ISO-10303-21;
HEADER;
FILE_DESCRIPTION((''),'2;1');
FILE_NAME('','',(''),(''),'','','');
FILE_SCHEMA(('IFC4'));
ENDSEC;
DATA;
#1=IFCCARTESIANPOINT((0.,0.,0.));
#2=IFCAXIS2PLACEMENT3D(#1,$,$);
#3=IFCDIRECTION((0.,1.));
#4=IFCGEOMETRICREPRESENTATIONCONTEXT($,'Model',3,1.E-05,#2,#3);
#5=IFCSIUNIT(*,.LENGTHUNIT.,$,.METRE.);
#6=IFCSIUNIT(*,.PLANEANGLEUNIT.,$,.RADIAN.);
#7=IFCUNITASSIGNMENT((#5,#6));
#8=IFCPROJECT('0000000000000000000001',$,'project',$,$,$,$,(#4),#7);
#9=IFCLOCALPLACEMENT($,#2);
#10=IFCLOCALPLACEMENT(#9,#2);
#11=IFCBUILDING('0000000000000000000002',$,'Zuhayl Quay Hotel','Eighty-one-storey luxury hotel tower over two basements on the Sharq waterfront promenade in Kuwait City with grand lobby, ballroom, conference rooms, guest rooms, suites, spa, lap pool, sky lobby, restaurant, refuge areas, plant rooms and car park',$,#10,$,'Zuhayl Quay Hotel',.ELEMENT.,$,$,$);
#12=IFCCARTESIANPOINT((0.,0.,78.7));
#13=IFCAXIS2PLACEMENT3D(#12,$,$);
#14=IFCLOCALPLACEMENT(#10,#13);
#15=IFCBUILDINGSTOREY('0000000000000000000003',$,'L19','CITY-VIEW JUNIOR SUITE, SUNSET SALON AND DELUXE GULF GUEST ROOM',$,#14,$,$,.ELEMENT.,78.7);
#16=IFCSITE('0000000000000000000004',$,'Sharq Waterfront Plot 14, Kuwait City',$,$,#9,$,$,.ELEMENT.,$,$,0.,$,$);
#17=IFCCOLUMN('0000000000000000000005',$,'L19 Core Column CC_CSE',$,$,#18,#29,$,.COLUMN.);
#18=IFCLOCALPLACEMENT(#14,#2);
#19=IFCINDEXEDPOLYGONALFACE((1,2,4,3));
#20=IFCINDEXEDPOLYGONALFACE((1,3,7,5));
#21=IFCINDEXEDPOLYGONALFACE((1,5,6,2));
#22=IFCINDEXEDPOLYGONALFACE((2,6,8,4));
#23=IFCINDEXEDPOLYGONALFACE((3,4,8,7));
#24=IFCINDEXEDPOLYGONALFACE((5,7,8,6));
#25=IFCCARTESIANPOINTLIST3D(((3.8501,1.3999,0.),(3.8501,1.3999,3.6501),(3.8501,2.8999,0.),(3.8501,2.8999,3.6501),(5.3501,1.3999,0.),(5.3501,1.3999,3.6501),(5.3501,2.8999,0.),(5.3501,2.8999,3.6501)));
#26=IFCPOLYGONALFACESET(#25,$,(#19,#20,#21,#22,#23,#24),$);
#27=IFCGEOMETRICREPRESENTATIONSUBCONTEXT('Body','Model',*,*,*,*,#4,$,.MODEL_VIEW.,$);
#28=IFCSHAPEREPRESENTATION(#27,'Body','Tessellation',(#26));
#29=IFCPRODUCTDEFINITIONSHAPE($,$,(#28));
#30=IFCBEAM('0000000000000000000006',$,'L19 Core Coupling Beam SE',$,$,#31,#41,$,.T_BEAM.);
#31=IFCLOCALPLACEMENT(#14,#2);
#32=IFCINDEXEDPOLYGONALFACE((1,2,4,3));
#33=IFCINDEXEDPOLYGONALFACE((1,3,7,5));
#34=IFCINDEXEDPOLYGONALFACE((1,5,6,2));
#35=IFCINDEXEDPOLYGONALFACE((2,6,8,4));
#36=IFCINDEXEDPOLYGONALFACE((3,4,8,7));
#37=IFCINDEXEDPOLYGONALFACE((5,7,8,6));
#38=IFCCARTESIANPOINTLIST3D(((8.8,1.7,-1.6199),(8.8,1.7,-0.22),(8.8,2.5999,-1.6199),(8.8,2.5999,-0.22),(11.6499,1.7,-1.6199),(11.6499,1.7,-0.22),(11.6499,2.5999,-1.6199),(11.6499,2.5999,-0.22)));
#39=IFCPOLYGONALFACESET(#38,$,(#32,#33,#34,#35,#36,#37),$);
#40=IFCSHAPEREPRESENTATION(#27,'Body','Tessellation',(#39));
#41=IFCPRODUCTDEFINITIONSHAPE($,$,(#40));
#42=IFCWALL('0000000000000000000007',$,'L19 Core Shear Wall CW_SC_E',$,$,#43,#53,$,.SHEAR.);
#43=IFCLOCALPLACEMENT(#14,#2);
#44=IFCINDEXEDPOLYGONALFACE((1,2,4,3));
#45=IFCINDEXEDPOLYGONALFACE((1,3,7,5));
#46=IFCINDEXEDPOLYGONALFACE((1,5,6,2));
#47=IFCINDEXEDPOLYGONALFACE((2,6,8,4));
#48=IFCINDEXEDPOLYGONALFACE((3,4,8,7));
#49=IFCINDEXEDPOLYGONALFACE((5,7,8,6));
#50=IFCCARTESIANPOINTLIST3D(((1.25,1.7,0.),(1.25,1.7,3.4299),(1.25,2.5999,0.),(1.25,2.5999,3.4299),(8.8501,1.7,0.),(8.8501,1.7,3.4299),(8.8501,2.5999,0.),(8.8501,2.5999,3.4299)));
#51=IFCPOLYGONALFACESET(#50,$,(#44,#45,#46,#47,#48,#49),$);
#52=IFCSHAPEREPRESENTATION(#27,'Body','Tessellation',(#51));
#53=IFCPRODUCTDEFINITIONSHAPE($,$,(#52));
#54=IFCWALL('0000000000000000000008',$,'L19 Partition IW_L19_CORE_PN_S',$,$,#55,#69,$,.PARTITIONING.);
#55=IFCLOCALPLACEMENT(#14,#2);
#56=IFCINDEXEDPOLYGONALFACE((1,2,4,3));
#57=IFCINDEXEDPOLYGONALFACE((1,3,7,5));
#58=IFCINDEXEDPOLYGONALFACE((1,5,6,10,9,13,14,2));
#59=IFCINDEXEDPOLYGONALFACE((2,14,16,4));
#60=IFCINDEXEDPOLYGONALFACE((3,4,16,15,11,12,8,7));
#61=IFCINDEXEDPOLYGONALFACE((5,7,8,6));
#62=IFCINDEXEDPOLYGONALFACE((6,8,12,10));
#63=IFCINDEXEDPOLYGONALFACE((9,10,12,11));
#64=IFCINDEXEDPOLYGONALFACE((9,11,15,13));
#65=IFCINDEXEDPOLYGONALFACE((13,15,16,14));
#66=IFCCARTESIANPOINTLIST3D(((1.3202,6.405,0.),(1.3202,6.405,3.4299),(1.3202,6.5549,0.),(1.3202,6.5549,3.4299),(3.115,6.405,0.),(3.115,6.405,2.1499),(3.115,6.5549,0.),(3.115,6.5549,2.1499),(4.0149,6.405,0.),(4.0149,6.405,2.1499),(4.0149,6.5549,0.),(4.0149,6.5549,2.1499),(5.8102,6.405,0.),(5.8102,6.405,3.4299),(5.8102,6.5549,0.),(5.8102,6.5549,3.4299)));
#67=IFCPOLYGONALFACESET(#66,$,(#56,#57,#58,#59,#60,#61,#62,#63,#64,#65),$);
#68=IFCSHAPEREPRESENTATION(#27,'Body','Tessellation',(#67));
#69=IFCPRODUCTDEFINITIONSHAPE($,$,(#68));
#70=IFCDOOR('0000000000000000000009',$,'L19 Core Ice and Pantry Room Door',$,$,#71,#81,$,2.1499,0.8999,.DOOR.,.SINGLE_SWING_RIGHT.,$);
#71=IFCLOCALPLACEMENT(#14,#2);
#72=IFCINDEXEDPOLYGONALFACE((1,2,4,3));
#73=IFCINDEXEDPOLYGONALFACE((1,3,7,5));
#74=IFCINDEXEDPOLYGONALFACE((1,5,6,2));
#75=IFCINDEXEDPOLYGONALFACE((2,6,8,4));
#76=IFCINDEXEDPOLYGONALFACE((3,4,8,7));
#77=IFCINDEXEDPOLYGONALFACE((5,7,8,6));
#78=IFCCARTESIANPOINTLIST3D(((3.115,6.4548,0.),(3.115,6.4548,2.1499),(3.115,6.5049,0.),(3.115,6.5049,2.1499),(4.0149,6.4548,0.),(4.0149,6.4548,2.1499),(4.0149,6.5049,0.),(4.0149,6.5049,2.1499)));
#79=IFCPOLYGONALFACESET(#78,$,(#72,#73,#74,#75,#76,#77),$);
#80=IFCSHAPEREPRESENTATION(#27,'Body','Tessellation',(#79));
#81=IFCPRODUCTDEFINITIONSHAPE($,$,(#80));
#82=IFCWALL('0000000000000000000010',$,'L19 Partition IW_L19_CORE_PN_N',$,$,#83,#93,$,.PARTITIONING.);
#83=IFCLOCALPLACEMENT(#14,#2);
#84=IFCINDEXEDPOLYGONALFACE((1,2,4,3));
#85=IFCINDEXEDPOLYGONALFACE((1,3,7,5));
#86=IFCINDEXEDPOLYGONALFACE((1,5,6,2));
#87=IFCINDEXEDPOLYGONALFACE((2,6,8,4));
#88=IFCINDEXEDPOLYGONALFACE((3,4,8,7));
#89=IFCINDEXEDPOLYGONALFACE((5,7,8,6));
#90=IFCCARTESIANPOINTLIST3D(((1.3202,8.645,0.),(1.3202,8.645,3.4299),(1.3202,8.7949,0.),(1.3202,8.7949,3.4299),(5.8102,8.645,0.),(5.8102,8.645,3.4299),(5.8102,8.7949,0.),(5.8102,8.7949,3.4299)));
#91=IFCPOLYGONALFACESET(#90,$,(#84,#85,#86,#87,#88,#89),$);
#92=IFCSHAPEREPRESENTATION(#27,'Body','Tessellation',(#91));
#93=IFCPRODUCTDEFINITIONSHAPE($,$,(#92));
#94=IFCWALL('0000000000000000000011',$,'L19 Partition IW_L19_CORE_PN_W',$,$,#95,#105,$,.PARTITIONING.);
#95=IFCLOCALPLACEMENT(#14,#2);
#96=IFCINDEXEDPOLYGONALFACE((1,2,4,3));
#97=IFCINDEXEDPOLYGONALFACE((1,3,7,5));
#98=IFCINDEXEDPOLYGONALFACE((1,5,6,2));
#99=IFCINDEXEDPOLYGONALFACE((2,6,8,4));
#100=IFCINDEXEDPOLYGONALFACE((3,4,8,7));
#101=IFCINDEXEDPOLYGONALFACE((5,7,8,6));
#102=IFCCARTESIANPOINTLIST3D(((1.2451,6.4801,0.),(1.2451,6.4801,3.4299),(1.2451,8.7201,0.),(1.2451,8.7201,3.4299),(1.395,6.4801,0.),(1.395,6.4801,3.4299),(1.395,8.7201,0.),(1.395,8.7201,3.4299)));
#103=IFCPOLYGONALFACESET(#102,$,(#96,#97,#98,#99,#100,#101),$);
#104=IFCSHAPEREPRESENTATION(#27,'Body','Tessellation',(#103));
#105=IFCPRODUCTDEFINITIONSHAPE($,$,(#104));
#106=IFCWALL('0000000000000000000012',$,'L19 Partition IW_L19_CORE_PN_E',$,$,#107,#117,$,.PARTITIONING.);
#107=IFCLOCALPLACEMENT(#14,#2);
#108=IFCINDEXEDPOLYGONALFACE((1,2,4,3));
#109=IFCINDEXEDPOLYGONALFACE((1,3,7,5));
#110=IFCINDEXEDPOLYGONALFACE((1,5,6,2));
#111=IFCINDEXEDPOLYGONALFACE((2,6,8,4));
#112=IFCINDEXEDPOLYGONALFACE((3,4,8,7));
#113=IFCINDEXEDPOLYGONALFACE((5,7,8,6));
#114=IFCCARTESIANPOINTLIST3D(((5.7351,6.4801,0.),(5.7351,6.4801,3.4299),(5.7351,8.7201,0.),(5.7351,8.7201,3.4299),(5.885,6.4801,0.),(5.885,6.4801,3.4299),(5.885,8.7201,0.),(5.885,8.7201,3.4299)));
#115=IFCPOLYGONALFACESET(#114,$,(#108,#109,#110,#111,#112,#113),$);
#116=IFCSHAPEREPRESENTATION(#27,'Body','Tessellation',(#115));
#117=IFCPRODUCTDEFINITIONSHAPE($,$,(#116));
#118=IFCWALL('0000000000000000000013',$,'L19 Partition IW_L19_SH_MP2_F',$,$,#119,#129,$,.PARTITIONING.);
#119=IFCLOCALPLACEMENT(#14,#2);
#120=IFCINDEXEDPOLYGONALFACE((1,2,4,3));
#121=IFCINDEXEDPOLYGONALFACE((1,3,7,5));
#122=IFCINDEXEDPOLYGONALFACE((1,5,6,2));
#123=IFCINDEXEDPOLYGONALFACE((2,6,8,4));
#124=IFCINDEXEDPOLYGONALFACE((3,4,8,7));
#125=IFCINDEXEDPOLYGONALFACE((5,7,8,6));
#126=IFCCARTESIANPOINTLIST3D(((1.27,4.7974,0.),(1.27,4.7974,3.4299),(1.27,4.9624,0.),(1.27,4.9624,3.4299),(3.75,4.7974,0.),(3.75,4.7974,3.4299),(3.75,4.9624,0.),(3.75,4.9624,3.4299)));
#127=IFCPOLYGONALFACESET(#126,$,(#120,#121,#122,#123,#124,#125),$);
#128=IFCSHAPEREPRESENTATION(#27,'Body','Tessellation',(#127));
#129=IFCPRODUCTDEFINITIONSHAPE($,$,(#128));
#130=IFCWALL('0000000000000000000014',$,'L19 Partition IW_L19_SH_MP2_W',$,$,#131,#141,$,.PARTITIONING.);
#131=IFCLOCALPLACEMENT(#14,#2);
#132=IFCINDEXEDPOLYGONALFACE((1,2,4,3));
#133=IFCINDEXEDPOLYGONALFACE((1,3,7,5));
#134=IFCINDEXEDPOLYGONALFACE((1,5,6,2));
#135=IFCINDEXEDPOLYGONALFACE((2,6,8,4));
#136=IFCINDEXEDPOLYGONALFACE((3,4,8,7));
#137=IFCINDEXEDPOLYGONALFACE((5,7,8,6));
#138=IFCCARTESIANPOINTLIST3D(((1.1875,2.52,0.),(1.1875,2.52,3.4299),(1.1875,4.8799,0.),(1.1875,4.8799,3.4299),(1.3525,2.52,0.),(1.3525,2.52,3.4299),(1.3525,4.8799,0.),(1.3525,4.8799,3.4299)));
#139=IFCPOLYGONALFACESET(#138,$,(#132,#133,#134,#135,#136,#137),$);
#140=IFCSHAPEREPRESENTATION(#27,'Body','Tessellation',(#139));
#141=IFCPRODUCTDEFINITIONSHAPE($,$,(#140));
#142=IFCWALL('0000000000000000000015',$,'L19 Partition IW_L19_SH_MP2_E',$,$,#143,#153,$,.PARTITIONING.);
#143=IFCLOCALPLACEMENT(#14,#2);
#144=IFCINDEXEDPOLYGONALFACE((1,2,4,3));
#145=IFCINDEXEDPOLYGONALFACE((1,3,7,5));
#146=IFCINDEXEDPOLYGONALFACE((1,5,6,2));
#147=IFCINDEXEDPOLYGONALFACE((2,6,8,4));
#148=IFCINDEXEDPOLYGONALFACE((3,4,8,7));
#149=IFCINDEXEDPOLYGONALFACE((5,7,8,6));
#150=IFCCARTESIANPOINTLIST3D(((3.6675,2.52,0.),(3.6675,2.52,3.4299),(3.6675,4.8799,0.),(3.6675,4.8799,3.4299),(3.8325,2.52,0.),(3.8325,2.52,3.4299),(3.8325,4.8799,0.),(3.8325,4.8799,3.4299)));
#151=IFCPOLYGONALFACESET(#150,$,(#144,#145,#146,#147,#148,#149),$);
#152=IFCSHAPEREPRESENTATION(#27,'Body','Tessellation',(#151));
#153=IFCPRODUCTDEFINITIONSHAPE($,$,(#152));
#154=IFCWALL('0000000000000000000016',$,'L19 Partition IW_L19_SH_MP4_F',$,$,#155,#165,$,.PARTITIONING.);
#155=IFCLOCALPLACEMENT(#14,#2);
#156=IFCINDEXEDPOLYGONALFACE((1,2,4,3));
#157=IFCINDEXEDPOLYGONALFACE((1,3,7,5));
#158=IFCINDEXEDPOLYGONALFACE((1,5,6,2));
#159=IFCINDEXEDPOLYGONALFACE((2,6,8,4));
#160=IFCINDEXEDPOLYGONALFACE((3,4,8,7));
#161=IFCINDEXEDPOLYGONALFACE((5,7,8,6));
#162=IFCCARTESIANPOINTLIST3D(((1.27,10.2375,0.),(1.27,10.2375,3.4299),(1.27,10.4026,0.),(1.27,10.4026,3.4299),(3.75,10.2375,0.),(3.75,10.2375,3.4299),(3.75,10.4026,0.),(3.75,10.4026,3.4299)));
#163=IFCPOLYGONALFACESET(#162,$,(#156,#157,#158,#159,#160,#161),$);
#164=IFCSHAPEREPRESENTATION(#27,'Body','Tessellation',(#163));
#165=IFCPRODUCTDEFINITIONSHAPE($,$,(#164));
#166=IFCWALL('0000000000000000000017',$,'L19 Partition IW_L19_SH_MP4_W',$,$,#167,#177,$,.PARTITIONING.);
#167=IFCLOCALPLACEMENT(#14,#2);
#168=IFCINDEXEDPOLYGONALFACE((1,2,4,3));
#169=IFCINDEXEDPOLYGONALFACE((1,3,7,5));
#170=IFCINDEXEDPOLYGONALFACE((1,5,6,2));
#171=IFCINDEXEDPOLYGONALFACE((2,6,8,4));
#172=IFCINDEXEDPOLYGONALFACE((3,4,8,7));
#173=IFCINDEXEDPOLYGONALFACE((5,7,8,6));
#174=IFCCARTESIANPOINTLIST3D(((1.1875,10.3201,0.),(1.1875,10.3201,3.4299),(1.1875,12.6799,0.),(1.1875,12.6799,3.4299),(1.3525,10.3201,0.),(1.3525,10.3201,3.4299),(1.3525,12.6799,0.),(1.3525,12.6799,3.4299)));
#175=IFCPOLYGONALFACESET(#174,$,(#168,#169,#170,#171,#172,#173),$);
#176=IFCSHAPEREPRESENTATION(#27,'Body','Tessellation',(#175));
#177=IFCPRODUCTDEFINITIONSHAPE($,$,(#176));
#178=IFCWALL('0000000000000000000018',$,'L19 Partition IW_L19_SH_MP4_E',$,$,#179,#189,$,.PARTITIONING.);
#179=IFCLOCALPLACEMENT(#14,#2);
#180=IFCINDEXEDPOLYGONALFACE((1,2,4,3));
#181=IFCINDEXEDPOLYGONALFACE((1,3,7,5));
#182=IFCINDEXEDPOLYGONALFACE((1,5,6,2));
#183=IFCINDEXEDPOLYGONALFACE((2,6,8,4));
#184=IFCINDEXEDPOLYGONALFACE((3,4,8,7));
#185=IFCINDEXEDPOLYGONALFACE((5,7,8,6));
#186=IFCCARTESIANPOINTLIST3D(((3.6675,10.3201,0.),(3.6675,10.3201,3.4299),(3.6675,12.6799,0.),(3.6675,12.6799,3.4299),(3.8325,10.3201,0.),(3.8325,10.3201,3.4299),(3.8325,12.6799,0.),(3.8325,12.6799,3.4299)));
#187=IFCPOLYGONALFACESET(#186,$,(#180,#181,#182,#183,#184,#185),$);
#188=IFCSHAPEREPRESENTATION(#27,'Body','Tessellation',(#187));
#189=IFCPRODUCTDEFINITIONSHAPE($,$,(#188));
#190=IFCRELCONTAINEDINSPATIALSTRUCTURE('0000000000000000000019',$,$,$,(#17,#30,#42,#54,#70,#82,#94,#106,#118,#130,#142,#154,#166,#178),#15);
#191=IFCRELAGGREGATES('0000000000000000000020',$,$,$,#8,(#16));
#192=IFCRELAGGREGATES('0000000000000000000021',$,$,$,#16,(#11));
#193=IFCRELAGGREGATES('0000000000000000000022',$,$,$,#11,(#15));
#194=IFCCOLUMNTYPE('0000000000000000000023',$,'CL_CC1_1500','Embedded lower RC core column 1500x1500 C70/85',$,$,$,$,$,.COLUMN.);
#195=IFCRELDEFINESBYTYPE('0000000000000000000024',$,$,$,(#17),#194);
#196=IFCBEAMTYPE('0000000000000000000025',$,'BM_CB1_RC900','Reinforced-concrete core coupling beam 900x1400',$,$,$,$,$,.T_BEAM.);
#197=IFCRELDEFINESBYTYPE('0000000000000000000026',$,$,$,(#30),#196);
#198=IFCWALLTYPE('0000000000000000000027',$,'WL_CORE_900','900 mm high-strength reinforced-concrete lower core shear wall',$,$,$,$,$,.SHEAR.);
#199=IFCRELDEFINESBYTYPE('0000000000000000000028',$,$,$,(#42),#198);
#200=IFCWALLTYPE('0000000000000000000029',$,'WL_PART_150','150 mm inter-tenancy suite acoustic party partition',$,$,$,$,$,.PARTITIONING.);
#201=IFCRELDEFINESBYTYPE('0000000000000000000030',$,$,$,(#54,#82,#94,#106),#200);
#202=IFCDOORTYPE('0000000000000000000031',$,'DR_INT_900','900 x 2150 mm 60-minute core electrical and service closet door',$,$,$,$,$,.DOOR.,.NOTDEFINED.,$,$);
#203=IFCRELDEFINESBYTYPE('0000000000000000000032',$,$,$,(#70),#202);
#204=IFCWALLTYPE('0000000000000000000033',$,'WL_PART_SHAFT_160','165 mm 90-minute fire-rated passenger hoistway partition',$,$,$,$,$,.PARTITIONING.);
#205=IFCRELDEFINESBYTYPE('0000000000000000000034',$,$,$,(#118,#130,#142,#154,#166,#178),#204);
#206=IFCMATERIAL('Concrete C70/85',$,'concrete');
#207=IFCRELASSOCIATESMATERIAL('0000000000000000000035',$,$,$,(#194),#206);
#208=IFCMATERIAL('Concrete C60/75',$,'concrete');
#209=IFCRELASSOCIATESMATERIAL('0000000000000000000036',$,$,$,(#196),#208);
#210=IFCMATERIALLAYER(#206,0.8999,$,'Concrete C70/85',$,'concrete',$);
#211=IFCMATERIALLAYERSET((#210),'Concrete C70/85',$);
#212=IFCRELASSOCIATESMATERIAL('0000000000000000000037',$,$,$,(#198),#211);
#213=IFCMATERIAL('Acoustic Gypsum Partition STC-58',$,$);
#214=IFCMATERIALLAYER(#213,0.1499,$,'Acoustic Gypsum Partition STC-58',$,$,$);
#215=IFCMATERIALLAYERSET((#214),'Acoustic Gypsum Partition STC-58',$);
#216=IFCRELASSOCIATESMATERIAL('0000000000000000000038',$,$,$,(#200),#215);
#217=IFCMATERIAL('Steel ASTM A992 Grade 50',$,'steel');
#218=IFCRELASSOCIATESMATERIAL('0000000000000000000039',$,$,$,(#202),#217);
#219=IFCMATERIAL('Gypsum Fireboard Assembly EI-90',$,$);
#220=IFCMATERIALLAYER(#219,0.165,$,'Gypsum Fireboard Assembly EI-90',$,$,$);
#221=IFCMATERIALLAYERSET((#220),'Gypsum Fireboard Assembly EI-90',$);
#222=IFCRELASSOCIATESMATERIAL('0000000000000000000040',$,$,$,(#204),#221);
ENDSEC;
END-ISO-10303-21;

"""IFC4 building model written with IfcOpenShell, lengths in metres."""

from ifc_helpers import new_model, si_unit, direction, frame, frame_2d, origin, origin_2d, place, context, subcontext, project, spatial, rectangle, extrude, material, layer, layer_set, material_profile, profile_set, type_object, element, fill, save


model = new_model("IFC4")

# Units and contexts
model_context = context("Model", 3, precision=1e-05, world=origin(), true_north=direction((0.0, 1.0)))
body_context = subcontext(model_context, "Body", "Model", "MODEL_VIEW")
ifc_project = project(units=[si_unit("LENGTHUNIT", "METRE"), si_unit("PLANEANGLEUNIT", "RADIAN")], contexts=[model_context])

# Site, building, storey
site_placement = place(None, origin())
site = spatial("IfcSite", under=ifc_project, at=site_placement, Name="Sharq Waterfront Plot 14, Kuwait City", CompositionType="ELEMENT", RefElevation=0.0)
building_placement = place(site_placement, origin())
building = spatial("IfcBuilding", under=site, at=building_placement, Name="Zuhayl Quay Hotel", Description="Eighty-one-storey luxury hotel tower over two basements on the Sharq waterfront promenade in Kuwait City with grand lobby, ballroom, conference rooms, guest rooms, suites, spa, lap pool, sky lobby, restaurant, refuge areas, plant rooms and car park", LongName="Zuhayl Quay Hotel", CompositionType="ELEMENT")
storey_placement = place(building_placement, frame((0.0, 0.0, 78.7)))
storey = spatial("IfcBuildingStorey", under=building, at=storey_placement, Name="L19", Description="CITY-VIEW JUNIOR SUITE, SUNSET SALON AND DELUXE GULF GUEST ROOM", CompositionType="ELEMENT", Elevation=78.7)

# Column
ifc_material_1 = material(Name="Concrete C70/85", Category="concrete")
ifc_material_profile_1 = material_profile(ifc_material_1, rectangle(XDim=1.5, YDim=1.5, at=origin_2d()), Name="RC1500X1500")
ifc_profile_set_1 = profile_set([ifc_material_profile_1], Name="Concrete C70/85")
column_type = type_object("IfcColumnType", Name="CL_CC1_1500", Description="Embedded lower RC core column 1500x1500 C70/85", PredefinedType="COLUMN", material=ifc_profile_set_1)
column_placement = place(storey_placement, frame((4.6001, 2.1499, 0.0), z_axis=(0.0, 0.0, 1.0), x_axis=(1.0, 0.0, 0.0)))
element("IfcColumn", 1, at=column_placement, inside=storey, type_object=column_type, Name="L19 Core Column CC_CSE", PredefinedType="COLUMN", context=body_context, shape_type="SweptSolid", body=[
    extrude(rectangle(XDim=1.5, YDim=1.5, at=origin_2d()), origin(), (0.0, 0.0, 1.0), 3.6501),
])

# Beam
ifc_material_2 = material(Name="Concrete C60/75", Category="concrete")
ifc_material_profile_2 = material_profile(ifc_material_2, rectangle(XDim=0.8999, YDim=1.3999, at=origin_2d()), Name="RC900X1400")
ifc_profile_set_2 = profile_set([ifc_material_profile_2], Name="Concrete C60/75")
beam_type = type_object("IfcBeamType", Name="BM_CB1_RC900", Description="Reinforced-concrete core coupling beam 900x1400", PredefinedType="T_BEAM", material=ifc_profile_set_2)
beam_placement = place(storey_placement, frame((8.8, 2.1499, -0.9199), z_axis=(1.0, 0.0, 0.0), x_axis=(0.0, 1.0, 0.0)))
element("IfcBeam", 2, at=beam_placement, inside=storey, type_object=beam_type, Name="L19 Core Coupling Beam SE", PredefinedType="T_BEAM", context=body_context, shape_type="SweptSolid", body=[
    extrude(rectangle(XDim=0.8999, YDim=1.3999, at=origin_2d()), origin(), (0.0, 0.0, 1.0), 2.8499),
])

# Wall
ifc_layer_1 = layer(ifc_material_1, 0.8999, Name="Concrete C70/85", Category="concrete")
ifc_layer_set_1 = layer_set([ifc_layer_1], Name="Concrete C70/85")
wall_type_1 = type_object("IfcWallType", Name="WL_CORE_900", Description="900 mm high-strength reinforced-concrete lower core shear wall", PredefinedType="SHEAR", material=ifc_layer_set_1)
wall_1_placement = place(storey_placement, frame((1.25, 2.1499, 0.0), z_axis=(0.0, 0.0, 1.0), x_axis=(1.0, 0.0, 0.0)))
element("IfcWall", 3, at=wall_1_placement, inside=storey, type_object=wall_type_1, Name="L19 Core Shear Wall CW_SC_E", PredefinedType="SHEAR", context=body_context, shape_type="SweptSolid", body=[
    extrude(rectangle(XDim=7.6001, YDim=0.8999, at=frame_2d((3.8, 0.0))), origin(), (0.0, 0.0, 1.0), 3.4299),
])

# Wall, opening, door
ifc_material_3 = material(Name="Acoustic Gypsum Partition STC-58")
ifc_layer_2 = layer(ifc_material_3, 0.1499, Name="Acoustic Gypsum Partition STC-58")
ifc_layer_set_2 = layer_set([ifc_layer_2], Name="Acoustic Gypsum Partition STC-58")
wall_type_2 = type_object("IfcWallType", Name="WL_PART_150", Description="150 mm inter-tenancy suite acoustic party partition", PredefinedType="PARTITIONING", material=ifc_layer_set_2)
wall_2_placement = place(storey_placement, frame((1.3201, 6.48, 0.0), z_axis=(0.0, 0.0, 1.0), x_axis=(1.0, 0.0, 0.0)))
wall_2 = element("IfcWall", 4, at=wall_2_placement, inside=storey, type_object=wall_type_2, Name="L19 Partition IW_L19_CORE_PN_S", PredefinedType="PARTITIONING", context=body_context, shape_type="SweptSolid", body=[
    extrude(rectangle(XDim=4.49, YDim=0.1499, at=frame_2d((2.2451, 0.0))), origin(), (0.0, 0.0, 1.0), 3.4299),
])
opening_placement = place(wall_2_placement, frame((1.7949, 0.0, 0.0)))
opening = element("IfcOpeningElement", 5, at=opening_placement, cuts=wall_2, PredefinedType="OPENING", context=body_context, shape_type="SweptSolid", body=[
    extrude(rectangle(XDim=0.8999, YDim=2.1499, at=frame_2d((0.45, 1.075))), frame((0.0, 0.085, 0.0), z_axis=(0.0, -1.0, 0.0), x_axis=(1.0, 0.0, 0.0)), (0.0, 0.0, 1.0), 0.1699),
])
ifc_material_4 = material(Name="Steel ASTM A992 Grade 50", Category="steel")
door_type = type_object("IfcDoorType", Name="DR_INT_900", Description="900 x 2150 mm 60-minute core electrical and service closet door", OperationType="NOTDEFINED", PredefinedType="DOOR", material=ifc_material_4)
door_placement = place(opening_placement, origin())
door = element("IfcDoor", 6, at=door_placement, inside=storey, type_object=door_type, Name="L19 Core Ice and Pantry Room Door", OperationType="SINGLE_SWING_RIGHT", OverallHeight=2.1499, OverallWidth=0.8999, PredefinedType="DOOR", context=body_context, shape_type="SweptSolid", body=[
    extrude(rectangle(XDim=0.8999, YDim=2.1499, at=frame_2d((0.45, 1.075))), frame((0.0, 0.0249, 0.0), z_axis=(0.0, -1.0, 0.0), x_axis=(1.0, 0.0, 0.0)), (0.0, 0.0, 1.0), 0.05),
])
fill(opening, door)

# Walls
wall_3_placement = place(storey_placement, frame((1.3201, 8.72, 0.0), z_axis=(0.0, 0.0, 1.0), x_axis=(1.0, 0.0, 0.0)))
element("IfcWall", 7, at=wall_3_placement, inside=storey, type_object=wall_type_2, Name="L19 Partition IW_L19_CORE_PN_N", PredefinedType="PARTITIONING", context=body_context, shape_type="SweptSolid", body=[
    extrude(rectangle(XDim=4.49, YDim=0.1499, at=frame_2d((2.2451, 0.0))), origin(), (0.0, 0.0, 1.0), 3.4299),
])
for number, where, z_axis, x_axis, name in (
    (8, (1.3201, 6.48, 0.0), (0.0, 0.0, 1.0), (0.0, 1.0, 0.0), "L19 Partition IW_L19_CORE_PN_W"),
    (9, (5.8101, 6.48, 0.0), (0.0, 0.0, 1.0), (0.0, 1.0, 0.0), "L19 Partition IW_L19_CORE_PN_E"),
):
    element("IfcWall", number, at=place(storey_placement, frame(where, z_axis=z_axis, x_axis=x_axis)), inside=storey, type_object=wall_type_2, Name=name, PredefinedType="PARTITIONING", context=body_context, shape_type="SweptSolid", body=[
        extrude(rectangle(XDim=2.24, YDim=0.1499, at=frame_2d((1.1201, 0.0))), origin(), (0.0, 0.0, 1.0), 3.4299),
    ])
ifc_material_5 = material(Name="Gypsum Fireboard Assembly EI-90")
ifc_layer_3 = layer(ifc_material_5, 0.165, Name="Gypsum Fireboard Assembly EI-90")
ifc_layer_set_3 = layer_set([ifc_layer_3], Name="Gypsum Fireboard Assembly EI-90")
wall_type_3 = type_object("IfcWallType", Name="WL_PART_SHAFT_160", Description="165 mm 90-minute fire-rated passenger hoistway partition", PredefinedType="PARTITIONING", material=ifc_layer_set_3)
wall_4_placement = place(storey_placement, frame((1.27, 4.8799, 0.0), z_axis=(0.0, 0.0, 1.0), x_axis=(1.0, 0.0, 0.0)))
element("IfcWall", 10, at=wall_4_placement, inside=storey, type_object=wall_type_3, Name="L19 Partition IW_L19_SH_MP2_F", PredefinedType="PARTITIONING", context=body_context, shape_type="SweptSolid", body=[
    extrude(rectangle(XDim=2.48, YDim=0.165, at=frame_2d((1.24, 0.0))), origin(), (0.0, 0.0, 1.0), 3.4299),
])
for number, where, z_axis, x_axis, name in (
    (11, (1.27, 2.52, 0.0), (0.0, 0.0, 1.0), (0.0, 1.0, 0.0), "L19 Partition IW_L19_SH_MP2_W"),
    (12, (3.75, 2.52, 0.0), (0.0, 0.0, 1.0), (0.0, 1.0, 0.0), "L19 Partition IW_L19_SH_MP2_E"),
):
    element("IfcWall", number, at=place(storey_placement, frame(where, z_axis=z_axis, x_axis=x_axis)), inside=storey, type_object=wall_type_3, Name=name, PredefinedType="PARTITIONING", context=body_context, shape_type="SweptSolid", body=[
        extrude(rectangle(XDim=2.3599, YDim=0.165, at=frame_2d((1.1799, 0.0))), origin(), (0.0, 0.0, 1.0), 3.4299),
    ])
wall_5_placement = place(storey_placement, frame((1.27, 10.3201, 0.0), z_axis=(0.0, 0.0, 1.0), x_axis=(1.0, 0.0, 0.0)))
element("IfcWall", 13, at=wall_5_placement, inside=storey, type_object=wall_type_3, Name="L19 Partition IW_L19_SH_MP4_F", PredefinedType="PARTITIONING", context=body_context, shape_type="SweptSolid", body=[
    extrude(rectangle(XDim=2.48, YDim=0.165, at=frame_2d((1.24, 0.0))), origin(), (0.0, 0.0, 1.0), 3.4299),
])
for number, where, z_axis, x_axis, name in (
    (14, (1.27, 10.3201, 0.0), (0.0, 0.0, 1.0), (0.0, 1.0, 0.0), "L19 Partition IW_L19_SH_MP4_W"),
    (15, (3.75, 10.3201, 0.0), (0.0, 0.0, 1.0), (0.0, 1.0, 0.0), "L19 Partition IW_L19_SH_MP4_E"),
):
    element("IfcWall", number, at=place(storey_placement, frame(where, z_axis=z_axis, x_axis=x_axis)), inside=storey, type_object=wall_type_3, Name=name, PredefinedType="PARTITIONING", context=body_context, shape_type="SweptSolid", body=[
        extrude(rectangle(XDim=2.3599, YDim=0.165, at=frame_2d((1.1799, 0.0))), origin(), (0.0, 0.0, 1.0), 3.4299),
    ])

save(model, "model.ifc")
